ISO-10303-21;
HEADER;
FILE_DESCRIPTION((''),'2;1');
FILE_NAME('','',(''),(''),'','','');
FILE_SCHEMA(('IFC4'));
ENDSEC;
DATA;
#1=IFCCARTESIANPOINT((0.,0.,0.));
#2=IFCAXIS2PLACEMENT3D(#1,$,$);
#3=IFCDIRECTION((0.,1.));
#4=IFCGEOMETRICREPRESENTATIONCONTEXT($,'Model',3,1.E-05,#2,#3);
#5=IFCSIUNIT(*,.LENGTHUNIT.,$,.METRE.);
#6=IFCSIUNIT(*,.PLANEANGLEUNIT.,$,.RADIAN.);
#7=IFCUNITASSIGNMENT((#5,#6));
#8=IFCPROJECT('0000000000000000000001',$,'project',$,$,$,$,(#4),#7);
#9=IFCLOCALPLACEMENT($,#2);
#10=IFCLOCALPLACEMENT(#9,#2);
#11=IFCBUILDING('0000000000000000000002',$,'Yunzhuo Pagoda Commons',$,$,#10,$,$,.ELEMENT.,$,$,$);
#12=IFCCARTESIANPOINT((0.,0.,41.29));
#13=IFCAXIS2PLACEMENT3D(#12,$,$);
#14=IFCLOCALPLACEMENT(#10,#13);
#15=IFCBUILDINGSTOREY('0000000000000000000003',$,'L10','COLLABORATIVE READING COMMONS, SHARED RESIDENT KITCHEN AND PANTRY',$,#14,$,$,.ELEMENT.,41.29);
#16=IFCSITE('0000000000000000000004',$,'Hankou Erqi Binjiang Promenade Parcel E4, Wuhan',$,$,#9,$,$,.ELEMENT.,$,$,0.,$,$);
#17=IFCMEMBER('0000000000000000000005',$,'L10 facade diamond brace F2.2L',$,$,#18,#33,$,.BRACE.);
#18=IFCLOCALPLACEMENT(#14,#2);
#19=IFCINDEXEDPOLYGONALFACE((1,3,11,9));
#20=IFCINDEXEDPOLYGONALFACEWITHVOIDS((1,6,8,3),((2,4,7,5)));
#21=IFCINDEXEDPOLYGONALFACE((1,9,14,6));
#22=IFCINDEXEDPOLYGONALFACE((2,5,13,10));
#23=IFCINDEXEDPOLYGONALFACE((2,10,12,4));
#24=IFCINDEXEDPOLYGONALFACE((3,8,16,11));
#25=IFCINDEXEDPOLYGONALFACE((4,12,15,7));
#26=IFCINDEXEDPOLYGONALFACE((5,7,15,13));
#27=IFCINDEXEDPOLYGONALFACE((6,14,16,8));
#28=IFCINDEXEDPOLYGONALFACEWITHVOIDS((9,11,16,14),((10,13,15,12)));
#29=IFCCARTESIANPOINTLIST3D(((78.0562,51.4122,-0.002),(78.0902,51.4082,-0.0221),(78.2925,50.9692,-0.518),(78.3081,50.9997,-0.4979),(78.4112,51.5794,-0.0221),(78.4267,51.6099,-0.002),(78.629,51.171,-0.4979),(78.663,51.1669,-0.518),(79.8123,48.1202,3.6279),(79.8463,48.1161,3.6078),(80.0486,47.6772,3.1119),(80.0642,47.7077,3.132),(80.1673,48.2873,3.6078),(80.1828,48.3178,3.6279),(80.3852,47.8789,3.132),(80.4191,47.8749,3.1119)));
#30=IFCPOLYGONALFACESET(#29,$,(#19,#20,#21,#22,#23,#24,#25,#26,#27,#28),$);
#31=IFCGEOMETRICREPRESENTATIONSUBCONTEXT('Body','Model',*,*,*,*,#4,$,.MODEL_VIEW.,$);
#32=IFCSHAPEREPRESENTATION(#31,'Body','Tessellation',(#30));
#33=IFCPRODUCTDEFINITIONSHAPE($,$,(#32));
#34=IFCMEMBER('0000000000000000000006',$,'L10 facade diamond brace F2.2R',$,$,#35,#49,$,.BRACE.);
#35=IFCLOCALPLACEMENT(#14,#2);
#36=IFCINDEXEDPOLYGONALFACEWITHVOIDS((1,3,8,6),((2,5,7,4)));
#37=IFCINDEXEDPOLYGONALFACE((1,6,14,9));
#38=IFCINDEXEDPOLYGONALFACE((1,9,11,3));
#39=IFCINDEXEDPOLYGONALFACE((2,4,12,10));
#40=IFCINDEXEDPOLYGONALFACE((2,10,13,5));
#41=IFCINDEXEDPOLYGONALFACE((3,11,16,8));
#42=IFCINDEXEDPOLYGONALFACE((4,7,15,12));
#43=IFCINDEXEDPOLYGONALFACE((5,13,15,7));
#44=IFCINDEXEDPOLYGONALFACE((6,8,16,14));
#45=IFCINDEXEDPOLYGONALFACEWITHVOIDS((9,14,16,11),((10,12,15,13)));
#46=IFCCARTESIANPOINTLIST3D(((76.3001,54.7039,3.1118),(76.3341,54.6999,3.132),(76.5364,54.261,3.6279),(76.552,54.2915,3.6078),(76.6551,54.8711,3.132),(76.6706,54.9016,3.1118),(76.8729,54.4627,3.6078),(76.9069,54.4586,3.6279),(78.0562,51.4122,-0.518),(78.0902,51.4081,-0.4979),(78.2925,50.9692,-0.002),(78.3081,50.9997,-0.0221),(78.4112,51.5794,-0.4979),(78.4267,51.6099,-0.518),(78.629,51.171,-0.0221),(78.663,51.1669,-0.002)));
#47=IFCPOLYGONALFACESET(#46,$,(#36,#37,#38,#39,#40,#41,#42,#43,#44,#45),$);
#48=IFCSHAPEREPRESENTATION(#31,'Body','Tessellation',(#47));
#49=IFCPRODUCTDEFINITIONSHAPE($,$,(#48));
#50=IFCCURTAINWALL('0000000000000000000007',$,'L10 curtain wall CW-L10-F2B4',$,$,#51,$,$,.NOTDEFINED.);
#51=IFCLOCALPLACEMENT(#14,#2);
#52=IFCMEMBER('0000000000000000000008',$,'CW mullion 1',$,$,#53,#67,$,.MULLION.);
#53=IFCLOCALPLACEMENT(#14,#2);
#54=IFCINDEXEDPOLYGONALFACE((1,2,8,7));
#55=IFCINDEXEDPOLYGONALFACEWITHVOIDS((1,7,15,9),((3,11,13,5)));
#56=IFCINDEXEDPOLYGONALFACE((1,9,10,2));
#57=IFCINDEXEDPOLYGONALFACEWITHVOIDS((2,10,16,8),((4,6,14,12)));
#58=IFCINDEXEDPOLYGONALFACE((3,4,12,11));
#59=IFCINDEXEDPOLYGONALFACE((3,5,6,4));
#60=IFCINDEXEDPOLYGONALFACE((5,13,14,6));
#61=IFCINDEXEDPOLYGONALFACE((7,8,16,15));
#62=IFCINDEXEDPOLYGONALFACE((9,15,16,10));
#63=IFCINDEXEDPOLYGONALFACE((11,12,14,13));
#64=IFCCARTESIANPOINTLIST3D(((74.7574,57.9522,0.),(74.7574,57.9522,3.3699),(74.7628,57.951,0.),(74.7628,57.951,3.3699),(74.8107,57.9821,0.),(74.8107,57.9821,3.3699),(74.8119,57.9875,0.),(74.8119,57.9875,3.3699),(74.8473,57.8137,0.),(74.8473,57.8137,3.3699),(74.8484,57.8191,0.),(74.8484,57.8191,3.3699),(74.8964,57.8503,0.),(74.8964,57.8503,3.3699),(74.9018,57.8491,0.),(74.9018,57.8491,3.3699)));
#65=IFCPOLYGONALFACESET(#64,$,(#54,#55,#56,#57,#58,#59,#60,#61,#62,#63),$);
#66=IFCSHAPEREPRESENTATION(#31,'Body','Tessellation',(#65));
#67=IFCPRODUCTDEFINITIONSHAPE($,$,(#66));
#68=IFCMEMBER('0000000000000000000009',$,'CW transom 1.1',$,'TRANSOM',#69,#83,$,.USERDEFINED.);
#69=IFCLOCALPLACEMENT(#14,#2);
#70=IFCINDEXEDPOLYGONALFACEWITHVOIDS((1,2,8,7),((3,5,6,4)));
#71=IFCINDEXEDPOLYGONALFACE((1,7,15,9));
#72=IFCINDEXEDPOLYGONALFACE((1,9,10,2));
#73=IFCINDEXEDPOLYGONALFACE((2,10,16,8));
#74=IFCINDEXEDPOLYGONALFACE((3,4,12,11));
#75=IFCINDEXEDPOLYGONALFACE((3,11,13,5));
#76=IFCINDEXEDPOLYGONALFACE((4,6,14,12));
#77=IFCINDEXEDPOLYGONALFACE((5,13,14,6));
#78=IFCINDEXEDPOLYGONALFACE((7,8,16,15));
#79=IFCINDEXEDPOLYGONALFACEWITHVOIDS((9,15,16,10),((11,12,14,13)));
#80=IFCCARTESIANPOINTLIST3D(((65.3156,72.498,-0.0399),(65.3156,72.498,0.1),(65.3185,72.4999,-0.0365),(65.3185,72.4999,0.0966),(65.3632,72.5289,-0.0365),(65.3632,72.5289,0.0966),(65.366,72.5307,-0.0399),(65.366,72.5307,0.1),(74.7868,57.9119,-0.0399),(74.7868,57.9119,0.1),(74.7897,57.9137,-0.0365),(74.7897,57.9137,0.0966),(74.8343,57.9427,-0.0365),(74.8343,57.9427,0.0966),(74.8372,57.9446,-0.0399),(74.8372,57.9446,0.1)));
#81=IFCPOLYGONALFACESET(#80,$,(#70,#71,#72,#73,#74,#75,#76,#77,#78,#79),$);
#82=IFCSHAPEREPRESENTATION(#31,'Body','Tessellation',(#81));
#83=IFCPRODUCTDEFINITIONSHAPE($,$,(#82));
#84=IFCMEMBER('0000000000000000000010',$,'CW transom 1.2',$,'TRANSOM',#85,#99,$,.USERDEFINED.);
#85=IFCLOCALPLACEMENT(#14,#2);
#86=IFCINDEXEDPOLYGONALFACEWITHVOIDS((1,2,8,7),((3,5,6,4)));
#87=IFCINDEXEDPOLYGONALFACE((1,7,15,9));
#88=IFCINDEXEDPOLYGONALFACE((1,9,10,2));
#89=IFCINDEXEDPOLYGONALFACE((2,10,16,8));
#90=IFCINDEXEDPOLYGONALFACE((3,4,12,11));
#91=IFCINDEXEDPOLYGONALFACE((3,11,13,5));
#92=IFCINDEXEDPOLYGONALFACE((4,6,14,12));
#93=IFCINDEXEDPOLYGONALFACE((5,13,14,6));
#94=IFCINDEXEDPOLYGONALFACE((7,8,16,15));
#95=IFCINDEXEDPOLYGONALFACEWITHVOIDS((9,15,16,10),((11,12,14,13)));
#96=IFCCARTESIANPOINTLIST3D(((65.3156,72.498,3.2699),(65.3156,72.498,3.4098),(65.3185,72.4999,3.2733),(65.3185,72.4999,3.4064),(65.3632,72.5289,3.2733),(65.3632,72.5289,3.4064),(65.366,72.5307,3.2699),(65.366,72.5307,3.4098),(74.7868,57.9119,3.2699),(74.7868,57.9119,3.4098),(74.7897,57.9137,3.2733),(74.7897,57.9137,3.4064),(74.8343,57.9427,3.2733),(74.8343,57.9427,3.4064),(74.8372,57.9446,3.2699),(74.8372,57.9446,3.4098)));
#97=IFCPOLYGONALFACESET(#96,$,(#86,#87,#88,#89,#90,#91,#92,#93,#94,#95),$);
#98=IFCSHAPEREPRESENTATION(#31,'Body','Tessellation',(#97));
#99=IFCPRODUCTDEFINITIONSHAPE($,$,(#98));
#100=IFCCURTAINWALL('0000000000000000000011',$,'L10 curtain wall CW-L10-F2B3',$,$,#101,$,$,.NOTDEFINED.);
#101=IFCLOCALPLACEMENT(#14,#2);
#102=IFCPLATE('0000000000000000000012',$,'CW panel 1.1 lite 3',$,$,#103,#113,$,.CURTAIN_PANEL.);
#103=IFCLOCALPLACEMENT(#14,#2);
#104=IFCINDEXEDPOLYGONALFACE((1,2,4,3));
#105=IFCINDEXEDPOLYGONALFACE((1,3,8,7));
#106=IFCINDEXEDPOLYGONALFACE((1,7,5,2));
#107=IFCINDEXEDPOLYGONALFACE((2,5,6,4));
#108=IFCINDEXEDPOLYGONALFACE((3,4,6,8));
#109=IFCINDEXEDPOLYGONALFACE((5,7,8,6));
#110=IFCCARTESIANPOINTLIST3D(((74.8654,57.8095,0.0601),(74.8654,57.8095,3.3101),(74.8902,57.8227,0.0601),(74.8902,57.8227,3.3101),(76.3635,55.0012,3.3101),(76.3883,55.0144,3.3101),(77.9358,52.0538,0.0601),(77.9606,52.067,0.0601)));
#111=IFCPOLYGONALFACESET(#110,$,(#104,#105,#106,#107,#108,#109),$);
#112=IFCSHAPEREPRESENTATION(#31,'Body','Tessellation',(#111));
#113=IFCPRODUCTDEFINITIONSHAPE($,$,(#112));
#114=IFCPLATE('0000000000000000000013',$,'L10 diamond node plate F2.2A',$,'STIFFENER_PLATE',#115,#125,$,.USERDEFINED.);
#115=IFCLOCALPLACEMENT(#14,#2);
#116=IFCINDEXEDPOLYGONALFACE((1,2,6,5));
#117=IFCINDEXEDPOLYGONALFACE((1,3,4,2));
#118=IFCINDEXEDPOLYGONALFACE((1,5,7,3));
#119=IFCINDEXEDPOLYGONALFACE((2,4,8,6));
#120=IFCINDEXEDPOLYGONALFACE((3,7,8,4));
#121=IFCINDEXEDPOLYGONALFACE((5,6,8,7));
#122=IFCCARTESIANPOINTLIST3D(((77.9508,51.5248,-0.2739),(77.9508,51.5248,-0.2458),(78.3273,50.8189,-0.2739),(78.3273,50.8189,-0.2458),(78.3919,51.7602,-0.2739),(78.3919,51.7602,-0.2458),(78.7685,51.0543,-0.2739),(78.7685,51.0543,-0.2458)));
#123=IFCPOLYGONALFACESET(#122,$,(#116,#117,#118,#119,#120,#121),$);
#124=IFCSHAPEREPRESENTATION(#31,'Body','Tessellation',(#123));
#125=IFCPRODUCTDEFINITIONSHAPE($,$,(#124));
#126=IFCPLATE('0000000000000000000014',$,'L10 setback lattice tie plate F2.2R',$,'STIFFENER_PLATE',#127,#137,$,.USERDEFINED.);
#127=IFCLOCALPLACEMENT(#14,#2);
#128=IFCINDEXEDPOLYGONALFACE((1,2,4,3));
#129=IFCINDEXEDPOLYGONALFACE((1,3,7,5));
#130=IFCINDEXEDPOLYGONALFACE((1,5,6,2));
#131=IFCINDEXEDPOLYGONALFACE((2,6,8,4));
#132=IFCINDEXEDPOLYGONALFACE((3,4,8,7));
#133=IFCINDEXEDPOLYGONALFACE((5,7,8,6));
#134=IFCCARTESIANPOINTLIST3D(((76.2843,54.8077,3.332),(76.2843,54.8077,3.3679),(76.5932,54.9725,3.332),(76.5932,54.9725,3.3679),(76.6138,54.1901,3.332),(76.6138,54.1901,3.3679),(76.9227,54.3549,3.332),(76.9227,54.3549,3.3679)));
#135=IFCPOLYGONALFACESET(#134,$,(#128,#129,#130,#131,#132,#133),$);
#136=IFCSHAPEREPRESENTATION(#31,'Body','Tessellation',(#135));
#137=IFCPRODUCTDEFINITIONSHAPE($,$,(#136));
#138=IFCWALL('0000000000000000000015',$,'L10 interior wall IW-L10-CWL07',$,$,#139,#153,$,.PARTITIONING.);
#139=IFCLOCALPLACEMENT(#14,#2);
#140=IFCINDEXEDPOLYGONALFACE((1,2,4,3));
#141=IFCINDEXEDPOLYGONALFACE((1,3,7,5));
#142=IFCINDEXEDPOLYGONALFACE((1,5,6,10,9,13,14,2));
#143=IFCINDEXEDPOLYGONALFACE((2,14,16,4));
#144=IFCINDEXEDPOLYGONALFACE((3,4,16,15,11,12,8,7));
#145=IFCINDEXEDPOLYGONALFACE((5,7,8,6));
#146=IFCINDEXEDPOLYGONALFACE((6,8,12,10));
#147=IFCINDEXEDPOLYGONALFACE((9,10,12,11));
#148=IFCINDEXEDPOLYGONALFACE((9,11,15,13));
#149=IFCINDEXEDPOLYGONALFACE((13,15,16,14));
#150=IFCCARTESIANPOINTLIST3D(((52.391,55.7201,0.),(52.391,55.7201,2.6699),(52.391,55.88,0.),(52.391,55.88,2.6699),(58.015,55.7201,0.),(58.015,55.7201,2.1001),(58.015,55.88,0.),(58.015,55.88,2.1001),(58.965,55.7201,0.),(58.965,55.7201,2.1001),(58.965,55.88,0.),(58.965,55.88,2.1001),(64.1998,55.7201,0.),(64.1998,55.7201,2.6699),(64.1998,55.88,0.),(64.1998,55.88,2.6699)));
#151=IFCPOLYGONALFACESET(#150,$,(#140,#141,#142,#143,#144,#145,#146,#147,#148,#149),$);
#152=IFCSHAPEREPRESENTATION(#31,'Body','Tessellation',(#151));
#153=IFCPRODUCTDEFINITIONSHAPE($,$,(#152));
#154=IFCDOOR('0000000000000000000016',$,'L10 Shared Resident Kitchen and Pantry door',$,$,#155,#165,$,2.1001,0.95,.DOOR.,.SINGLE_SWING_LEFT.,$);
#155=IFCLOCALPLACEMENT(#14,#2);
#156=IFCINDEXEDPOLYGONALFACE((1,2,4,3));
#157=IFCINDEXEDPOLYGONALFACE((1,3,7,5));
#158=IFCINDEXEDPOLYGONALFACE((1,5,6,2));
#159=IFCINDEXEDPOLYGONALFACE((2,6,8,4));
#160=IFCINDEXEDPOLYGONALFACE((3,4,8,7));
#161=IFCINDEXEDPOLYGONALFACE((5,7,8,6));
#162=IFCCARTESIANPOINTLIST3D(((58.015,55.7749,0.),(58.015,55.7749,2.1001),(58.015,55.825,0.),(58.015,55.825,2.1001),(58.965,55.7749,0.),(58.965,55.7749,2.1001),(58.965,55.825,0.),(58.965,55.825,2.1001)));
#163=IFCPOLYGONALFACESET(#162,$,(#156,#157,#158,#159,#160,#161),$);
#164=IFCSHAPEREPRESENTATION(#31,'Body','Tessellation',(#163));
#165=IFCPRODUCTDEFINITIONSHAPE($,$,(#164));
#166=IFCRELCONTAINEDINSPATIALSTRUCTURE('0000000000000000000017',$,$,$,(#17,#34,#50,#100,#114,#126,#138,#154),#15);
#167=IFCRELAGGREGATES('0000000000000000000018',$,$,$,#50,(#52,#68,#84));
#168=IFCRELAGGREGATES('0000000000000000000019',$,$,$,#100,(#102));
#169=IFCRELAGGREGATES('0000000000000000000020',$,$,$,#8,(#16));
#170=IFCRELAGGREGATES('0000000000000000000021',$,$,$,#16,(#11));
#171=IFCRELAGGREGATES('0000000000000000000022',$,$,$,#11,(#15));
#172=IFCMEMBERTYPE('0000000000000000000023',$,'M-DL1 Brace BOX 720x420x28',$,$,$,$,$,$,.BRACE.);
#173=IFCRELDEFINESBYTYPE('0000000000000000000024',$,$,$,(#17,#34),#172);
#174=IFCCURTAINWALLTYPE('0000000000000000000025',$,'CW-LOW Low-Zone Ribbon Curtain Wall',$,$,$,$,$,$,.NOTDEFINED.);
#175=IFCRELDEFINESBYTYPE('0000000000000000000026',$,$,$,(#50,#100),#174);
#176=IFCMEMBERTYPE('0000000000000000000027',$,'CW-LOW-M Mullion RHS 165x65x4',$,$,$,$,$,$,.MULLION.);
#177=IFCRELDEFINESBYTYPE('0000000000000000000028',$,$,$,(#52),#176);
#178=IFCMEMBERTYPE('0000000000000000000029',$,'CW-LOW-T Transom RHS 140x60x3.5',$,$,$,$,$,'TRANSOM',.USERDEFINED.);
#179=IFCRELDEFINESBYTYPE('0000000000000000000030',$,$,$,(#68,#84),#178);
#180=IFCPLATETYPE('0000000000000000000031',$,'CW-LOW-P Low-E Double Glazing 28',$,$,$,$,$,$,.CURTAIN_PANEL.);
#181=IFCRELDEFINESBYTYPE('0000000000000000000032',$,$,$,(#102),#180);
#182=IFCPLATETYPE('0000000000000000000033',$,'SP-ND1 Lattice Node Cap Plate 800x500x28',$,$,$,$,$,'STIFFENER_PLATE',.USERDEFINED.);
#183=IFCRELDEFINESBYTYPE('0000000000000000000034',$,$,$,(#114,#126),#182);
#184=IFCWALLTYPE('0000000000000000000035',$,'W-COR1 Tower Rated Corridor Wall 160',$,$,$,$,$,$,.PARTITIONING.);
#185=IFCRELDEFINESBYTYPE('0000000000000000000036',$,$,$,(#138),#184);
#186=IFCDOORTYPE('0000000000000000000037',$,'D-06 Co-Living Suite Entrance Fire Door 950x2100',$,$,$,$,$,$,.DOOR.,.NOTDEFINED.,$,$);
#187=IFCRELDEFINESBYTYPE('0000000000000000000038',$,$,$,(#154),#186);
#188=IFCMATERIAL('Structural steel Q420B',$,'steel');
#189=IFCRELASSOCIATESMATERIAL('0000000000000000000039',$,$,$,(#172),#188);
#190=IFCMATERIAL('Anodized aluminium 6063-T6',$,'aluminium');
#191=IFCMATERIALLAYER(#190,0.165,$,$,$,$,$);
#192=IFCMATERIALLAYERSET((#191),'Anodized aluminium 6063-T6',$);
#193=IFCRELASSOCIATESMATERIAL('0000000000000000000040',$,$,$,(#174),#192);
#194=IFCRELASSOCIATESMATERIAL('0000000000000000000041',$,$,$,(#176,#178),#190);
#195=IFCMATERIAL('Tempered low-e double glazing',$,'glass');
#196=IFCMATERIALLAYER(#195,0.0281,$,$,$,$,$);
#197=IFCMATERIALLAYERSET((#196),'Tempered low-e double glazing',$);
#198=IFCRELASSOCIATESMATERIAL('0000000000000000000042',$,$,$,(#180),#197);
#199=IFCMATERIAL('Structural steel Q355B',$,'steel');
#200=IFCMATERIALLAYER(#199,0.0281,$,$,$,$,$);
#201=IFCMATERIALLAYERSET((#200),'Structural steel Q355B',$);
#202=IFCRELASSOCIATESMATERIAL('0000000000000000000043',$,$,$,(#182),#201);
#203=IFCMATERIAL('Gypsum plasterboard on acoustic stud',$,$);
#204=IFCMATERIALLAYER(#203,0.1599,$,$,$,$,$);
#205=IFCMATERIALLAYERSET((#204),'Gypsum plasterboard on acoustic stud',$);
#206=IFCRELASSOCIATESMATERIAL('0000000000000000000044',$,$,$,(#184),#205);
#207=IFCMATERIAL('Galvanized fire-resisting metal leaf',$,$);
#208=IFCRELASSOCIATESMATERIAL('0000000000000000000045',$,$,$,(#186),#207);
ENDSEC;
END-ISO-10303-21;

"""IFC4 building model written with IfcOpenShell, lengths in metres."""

from ifc_helpers import new_model, si_unit, direction, frame, frame_2d, origin, origin_with_axes, origin_2d, place, context, subcontext, project, spatial, polyline, rectangle, hollow_rectangle, outline, extrude, source, transform, mapped, material, layer, layer_set, material_profile, profile_set, type_object, element, fill, aggregate, save


model = new_model("IFC4")

# Units and contexts
model_context = context("Model", 3, precision=1e-05, world=origin(), true_north=direction((0.0, 1.0)))
body_context = subcontext(model_context, "Body", "Model", "MODEL_VIEW")
ifc_project = project(units=[si_unit("LENGTHUNIT", "METRE"), si_unit("PLANEANGLEUNIT", "RADIAN")], contexts=[model_context])

# Site, building, storey
site_placement = place(None, origin())
site = spatial("IfcSite", under=ifc_project, at=site_placement, Name="Hankou Erqi Binjiang Promenade Parcel E4, Wuhan", CompositionType="ELEMENT", RefElevation=0.0)
building_placement = place(site_placement, origin())
building = spatial("IfcBuilding", under=site, at=building_placement, Name="Yunzhuo Pagoda Commons", CompositionType="ELEMENT")
storey_placement = place(building_placement, frame((0.0, 0.0, 41.29)))
storey = spatial("IfcBuildingStorey", under=building, at=storey_placement, Name="L10", Description="COLLABORATIVE READING COMMONS, SHARED RESIDENT KITCHEN AND PANTRY", CompositionType="ELEMENT", Elevation=41.29)

# Shared definitions
ifc_material_1 = material(Name="Structural steel Q420B", Category="steel")

# Shared definitions
ifc_material_2 = material(Name="Structural steel Q355B", Category="steel")

# Members
ifc_material_profile_1 = material_profile(ifc_material_1, hollow_rectangle(XDim=0.4199, YDim=0.72, WallThickness=0.0281, at=origin_2d()), Name="Structural steel Q420B")
ifc_profile_set_1 = profile_set([ifc_material_profile_1], Name="Structural steel Q420B")
member_type_1 = type_object("IfcMemberType", Name="M-DL1 Brace BOX 720x420x28", PredefinedType="BRACE", material=ifc_profile_set_1)
shared_shape_1 = source(origin(), body_context, "Body", "SweptSolid", [
    extrude(hollow_rectangle(XDim=0.4199, YDim=0.72, WallThickness=0.0281, at=origin_2d()), origin(), (0.0, 0.0, 1.0), 5.2056),
])
member_1_placement = place(storey_placement, frame((78.3596, 51.2896, -0.26), z_axis=(0.337356, -0.632407, 0.697318), x_axis=(0.882311, 0.470666, 0.0)))
element("IfcMember", 1, at=member_1_placement, inside=storey, type_object=member_type_1, Name="L10 facade diamond brace F2.2L", PredefinedType="BRACE", context=body_context, shape_type="MappedRepresentation", body=[
    mapped(shared_shape_1, transform((0.0, 0.0, 0.0), scale=1.0)),
])
shared_shape_2 = source(origin(), body_context, "Body", "SweptSolid", [
    extrude(hollow_rectangle(XDim=0.4199, YDim=0.72, WallThickness=0.0281, at=origin_2d()), origin(), (0.0, 0.0, 1.0), 5.2053),
])
member_2_placement = place(storey_placement, frame((78.3596, 51.2896, -0.26), z_axis=(-0.337366, 0.632379, 0.697338), x_axis=(-0.882297, -0.470694, 0.0)))
element("IfcMember", 2, at=member_2_placement, inside=storey, type_object=member_type_1, Name="L10 facade diamond brace F2.2R", PredefinedType="BRACE", context=body_context, shape_type="MappedRepresentation", body=[
    mapped(shared_shape_2, transform((0.0, 0.0, 0.0), scale=1.0)),
])

# Curtain wall, members
ifc_material_3 = material(Name="Anodized aluminium 6063-T6", Category="aluminium")
ifc_layer_1 = layer(ifc_material_3, 0.165)
ifc_layer_set_1 = layer_set([ifc_layer_1], Name="Anodized aluminium 6063-T6")
curtain_wall_type = type_object("IfcCurtainWallType", Name="CW-LOW Low-Zone Ribbon Curtain Wall", PredefinedType="NOTDEFINED", material=ifc_layer_set_1)
curtain_wall_1_placement = place(storey_placement, origin())
curtain_wall_1 = element("IfcCurtainWall", 3, at=curtain_wall_1_placement, inside=storey, type_object=curtain_wall_type, Name="L10 curtain wall CW-L10-F2B4", PredefinedType="NOTDEFINED")
ifc_material_profile_2 = material_profile(ifc_material_3, hollow_rectangle(XDim=0.0649, YDim=0.165, WallThickness=0.0039, at=origin_2d()), Name="Anodized aluminium 6063-T6")
ifc_profile_set_2 = profile_set([ifc_material_profile_2], Name="Anodized aluminium 6063-T6")
member_type_2 = type_object("IfcMemberType", Name="CW-LOW-M Mullion RHS 165x65x4", PredefinedType="MULLION", material=ifc_profile_set_2)
shared_shape_3 = source(origin(), body_context, "Body", "SweptSolid", [
    extrude(hollow_rectangle(XDim=0.0649, YDim=0.165, WallThickness=0.0039, at=origin_2d()), origin(), (0.0, 0.0, 1.0), 3.3699),
])
member_3_placement = place(storey_placement, frame((74.8296, 57.9006, 0.0), z_axis=(0.0, 0.0, 1.0), x_axis=(-0.83871, -0.544579, 0.0)))
member_3 = element("IfcMember", 4, at=member_3_placement, type_object=member_type_2, Name="CW mullion 1", PredefinedType="MULLION", context=body_context, shape_type="MappedRepresentation", body=[
    mapped(shared_shape_3, transform((0.0, 0.0, 0.0), scale=1.0)),
])
ifc_material_profile_3 = material_profile(ifc_material_3, hollow_rectangle(XDim=0.0601, YDim=0.1399, WallThickness=0.0034, at=origin_2d()), Name="Anodized aluminium 6063-T6")
ifc_profile_set_3 = profile_set([ifc_material_profile_3], Name="Anodized aluminium 6063-T6")
member_type_3 = type_object("IfcMemberType", Name="CW-LOW-T Transom RHS 140x60x3.5", ElementType="TRANSOM", PredefinedType="USERDEFINED", material=ifc_profile_set_3)
shared_shape_4 = source(origin(), body_context, "Body", "SweptSolid", [
    extrude(hollow_rectangle(XDim=0.0601, YDim=0.1399, WallThickness=0.0034, at=origin_2d()), origin(), (0.0, 0.0, 1.0), 17.3914),
])
member_4_placement = place(storey_placement, frame((74.812, 57.9282, 0.03), z_axis=(-0.544591, 0.838702, 0.0), x_axis=(-0.838702, -0.544591, 0.0)))
member_4 = element("IfcMember", 5, at=member_4_placement, type_object=member_type_3, Name="CW transom 1.1", ObjectType="TRANSOM", PredefinedType="USERDEFINED", context=body_context, shape_type="MappedRepresentation", body=[
    mapped(shared_shape_4, transform((0.0, 0.0, 0.0), scale=1.0)),
])
member_5_placement = place(storey_placement, frame((74.812, 57.9282, 3.3398), z_axis=(-0.544591, 0.838702, 0.0), x_axis=(-0.838702, -0.544591, 0.0)))
member_5 = element("IfcMember", 6, at=member_5_placement, type_object=member_type_3, Name="CW transom 1.2", ObjectType="TRANSOM", PredefinedType="USERDEFINED", context=body_context, shape_type="MappedRepresentation", body=[
    mapped(shared_shape_4, transform((0.0, 0.0, 0.0), scale=1.0)),
])
aggregate(curtain_wall_1, [member_3, member_4, member_5])

# Curtain wall, plate
curtain_wall_2_placement = place(storey_placement, origin())
curtain_wall_2 = element("IfcCurtainWall", 7, at=curtain_wall_2_placement, inside=storey, type_object=curtain_wall_type, Name="L10 curtain wall CW-L10-F2B3", PredefinedType="NOTDEFINED")
ifc_material_4 = material(Name="Tempered low-e double glazing", Category="glass")
ifc_layer_2 = layer(ifc_material_4, 0.0281)
ifc_layer_set_2 = layer_set([ifc_layer_2], Name="Tempered low-e double glazing")
plate_type_1 = type_object("IfcPlateType", Name="CW-LOW-P Low-E Double Glazing 28", PredefinedType="CURTAIN_PANEL", material=ifc_layer_set_2)
plate_1_placement = place(storey_placement, frame((76.4006, 54.9316, 1.6851), z_axis=(0.882309, 0.47067, 0.0), x_axis=(-0.47067, 0.882309, 0.0)))
plate_1 = element("IfcPlate", 8, at=plate_1_placement, type_object=plate_type_1, Name="CW panel 1.1 lite 3", PredefinedType="CURTAIN_PANEL", context=body_context, shape_type="SweptSolid", body=[
    extrude(outline(polyline([(-3.2617, -1.625), (3.2617, -1.625), (3.2617, 1.625), (0.0789, 1.625), (-3.2617, -1.625)])), origin(), (0.0, 0.0, 1.0), 0.0281),
])
aggregate(curtain_wall_2, [plate_1])

# Plates
ifc_layer_3 = layer(ifc_material_2, 0.0281)
ifc_layer_set_3 = layer_set([ifc_layer_3], Name="Structural steel Q355B")
plate_type_2 = type_object("IfcPlateType", Name="SP-ND1 Lattice Node Cap Plate 800x500x28", ElementType="STIFFENER_PLATE", PredefinedType="USERDEFINED", material=ifc_layer_set_3)
shared_shape_5 = source(origin(), body_context, "Body", "SweptSolid", [
    extrude(rectangle(XDim=0.8, YDim=0.5, at=origin_2d()), origin(), (0.0, 0.0, 1.0), 0.0281),
])
plate_2_placement = place(storey_placement, frame((78.3596, 51.2896, -0.2739), z_axis=(0.0, 0.0, 1.0), x_axis=(-0.470673, 0.882308, 0.0)))
element("IfcPlate", 9, at=plate_2_placement, inside=storey, type_object=plate_type_2, Name="L10 diamond node plate F2.2A", ObjectType="STIFFENER_PLATE", PredefinedType="USERDEFINED", context=body_context, shape_type="MappedRepresentation", body=[
    mapped(shared_shape_5, transform((0.0, 0.0, 0.0), scale=1.0)),
])
shared_shape_6 = source(origin(), body_context, "Body", "SweptSolid", [
    extrude(rectangle(XDim=0.7, YDim=0.3501, at=origin_2d()), origin(), (0.0, 0.0, 1.0), 0.0359),
])
plate_3_placement = place(storey_placement, frame((76.6035, 54.5813, 3.332), z_axis=(0.0, 0.0, 1.0), x_axis=(-0.470673, 0.882308, 0.0)))
element("IfcPlate", 10, at=plate_3_placement, inside=storey, type_object=plate_type_2, Name="L10 setback lattice tie plate F2.2R", ObjectType="STIFFENER_PLATE", PredefinedType="USERDEFINED", context=body_context, shape_type="MappedRepresentation", body=[
    mapped(shared_shape_6, transform((0.0, 0.0, 0.0), scale=1.0)),
])

# Wall, opening, door
ifc_material_5 = material(Name="Gypsum plasterboard on acoustic stud")
ifc_layer_4 = layer(ifc_material_5, 0.1599)
ifc_layer_set_4 = layer_set([ifc_layer_4], Name="Gypsum plasterboard on acoustic stud")
wall_type_1 = type_object("IfcWallType", Name="W-COR1 Tower Rated Corridor Wall 160", PredefinedType="PARTITIONING", material=ifc_layer_set_4)
wall_1_placement = place(storey_placement, frame((52.3911, 55.8, 0.0), z_axis=(0.0, 0.0, 1.0), x_axis=(1.0, 0.0, 0.0)))
wall_1 = element("IfcWall", 11, at=wall_1_placement, inside=storey, type_object=wall_type_1, Name="L10 interior wall IW-L10-CWL07", PredefinedType="PARTITIONING", context=body_context, shape_type="SweptSolid", body=[
    extrude(rectangle(XDim=11.8088, YDim=0.1599, at=frame_2d((5.9043, 0.0))), origin(), (0.0, 0.0, 1.0), 2.6699),
])
opening_1_placement = place(wall_1_placement, frame((5.6238, 0.0, 0.0)))
opening_1 = element("IfcOpeningElement", 12, at=opening_1_placement, cuts=wall_1, PredefinedType="OPENING", context=body_context, shape_type="SweptSolid", body=[
    extrude(rectangle(XDim=0.95, YDim=2.1001, at=frame_2d((0.4751, 1.05))), frame((0.0, 0.0898, 0.0), z_axis=(0.0, -1.0, 0.0), x_axis=(1.0, 0.0, 0.0)), (0.0, 0.0, 1.0), 0.1799),
])
ifc_material_6 = material(Name="Galvanized fire-resisting metal leaf")
door_type_1 = type_object("IfcDoorType", Name="D-06 Co-Living Suite Entrance Fire Door 950x2100", OperationType="NOTDEFINED", PredefinedType="DOOR", material=ifc_material_6)
shared_shape_7 = source(origin(), body_context, "Body", "SweptSolid", [
    extrude(rectangle(XDim=0.95, YDim=2.1001, at=frame_2d((0.4751, 1.05))), frame((0.0, 0.0249, 0.0), z_axis=(0.0, -1.0, 0.0), x_axis=(1.0, 0.0, 0.0)), (0.0, 0.0, 1.0), 0.05),
])
door_1_placement = place(opening_1_placement, origin_with_axes())
door_1 = element("IfcDoor", 13, at=door_1_placement, inside=storey, type_object=door_type_1, Name="L10 Shared Resident Kitchen and Pantry door", OperationType="SINGLE_SWING_LEFT", OverallHeight=2.1001, OverallWidth=0.95, PredefinedType="DOOR", context=body_context, shape_type="MappedRepresentation", body=[
    mapped(shared_shape_7, transform((0.0, 0.0, 0.0), scale=1.0)),
])
fill(opening_1, door_1)

save(model, "model.ifc")
